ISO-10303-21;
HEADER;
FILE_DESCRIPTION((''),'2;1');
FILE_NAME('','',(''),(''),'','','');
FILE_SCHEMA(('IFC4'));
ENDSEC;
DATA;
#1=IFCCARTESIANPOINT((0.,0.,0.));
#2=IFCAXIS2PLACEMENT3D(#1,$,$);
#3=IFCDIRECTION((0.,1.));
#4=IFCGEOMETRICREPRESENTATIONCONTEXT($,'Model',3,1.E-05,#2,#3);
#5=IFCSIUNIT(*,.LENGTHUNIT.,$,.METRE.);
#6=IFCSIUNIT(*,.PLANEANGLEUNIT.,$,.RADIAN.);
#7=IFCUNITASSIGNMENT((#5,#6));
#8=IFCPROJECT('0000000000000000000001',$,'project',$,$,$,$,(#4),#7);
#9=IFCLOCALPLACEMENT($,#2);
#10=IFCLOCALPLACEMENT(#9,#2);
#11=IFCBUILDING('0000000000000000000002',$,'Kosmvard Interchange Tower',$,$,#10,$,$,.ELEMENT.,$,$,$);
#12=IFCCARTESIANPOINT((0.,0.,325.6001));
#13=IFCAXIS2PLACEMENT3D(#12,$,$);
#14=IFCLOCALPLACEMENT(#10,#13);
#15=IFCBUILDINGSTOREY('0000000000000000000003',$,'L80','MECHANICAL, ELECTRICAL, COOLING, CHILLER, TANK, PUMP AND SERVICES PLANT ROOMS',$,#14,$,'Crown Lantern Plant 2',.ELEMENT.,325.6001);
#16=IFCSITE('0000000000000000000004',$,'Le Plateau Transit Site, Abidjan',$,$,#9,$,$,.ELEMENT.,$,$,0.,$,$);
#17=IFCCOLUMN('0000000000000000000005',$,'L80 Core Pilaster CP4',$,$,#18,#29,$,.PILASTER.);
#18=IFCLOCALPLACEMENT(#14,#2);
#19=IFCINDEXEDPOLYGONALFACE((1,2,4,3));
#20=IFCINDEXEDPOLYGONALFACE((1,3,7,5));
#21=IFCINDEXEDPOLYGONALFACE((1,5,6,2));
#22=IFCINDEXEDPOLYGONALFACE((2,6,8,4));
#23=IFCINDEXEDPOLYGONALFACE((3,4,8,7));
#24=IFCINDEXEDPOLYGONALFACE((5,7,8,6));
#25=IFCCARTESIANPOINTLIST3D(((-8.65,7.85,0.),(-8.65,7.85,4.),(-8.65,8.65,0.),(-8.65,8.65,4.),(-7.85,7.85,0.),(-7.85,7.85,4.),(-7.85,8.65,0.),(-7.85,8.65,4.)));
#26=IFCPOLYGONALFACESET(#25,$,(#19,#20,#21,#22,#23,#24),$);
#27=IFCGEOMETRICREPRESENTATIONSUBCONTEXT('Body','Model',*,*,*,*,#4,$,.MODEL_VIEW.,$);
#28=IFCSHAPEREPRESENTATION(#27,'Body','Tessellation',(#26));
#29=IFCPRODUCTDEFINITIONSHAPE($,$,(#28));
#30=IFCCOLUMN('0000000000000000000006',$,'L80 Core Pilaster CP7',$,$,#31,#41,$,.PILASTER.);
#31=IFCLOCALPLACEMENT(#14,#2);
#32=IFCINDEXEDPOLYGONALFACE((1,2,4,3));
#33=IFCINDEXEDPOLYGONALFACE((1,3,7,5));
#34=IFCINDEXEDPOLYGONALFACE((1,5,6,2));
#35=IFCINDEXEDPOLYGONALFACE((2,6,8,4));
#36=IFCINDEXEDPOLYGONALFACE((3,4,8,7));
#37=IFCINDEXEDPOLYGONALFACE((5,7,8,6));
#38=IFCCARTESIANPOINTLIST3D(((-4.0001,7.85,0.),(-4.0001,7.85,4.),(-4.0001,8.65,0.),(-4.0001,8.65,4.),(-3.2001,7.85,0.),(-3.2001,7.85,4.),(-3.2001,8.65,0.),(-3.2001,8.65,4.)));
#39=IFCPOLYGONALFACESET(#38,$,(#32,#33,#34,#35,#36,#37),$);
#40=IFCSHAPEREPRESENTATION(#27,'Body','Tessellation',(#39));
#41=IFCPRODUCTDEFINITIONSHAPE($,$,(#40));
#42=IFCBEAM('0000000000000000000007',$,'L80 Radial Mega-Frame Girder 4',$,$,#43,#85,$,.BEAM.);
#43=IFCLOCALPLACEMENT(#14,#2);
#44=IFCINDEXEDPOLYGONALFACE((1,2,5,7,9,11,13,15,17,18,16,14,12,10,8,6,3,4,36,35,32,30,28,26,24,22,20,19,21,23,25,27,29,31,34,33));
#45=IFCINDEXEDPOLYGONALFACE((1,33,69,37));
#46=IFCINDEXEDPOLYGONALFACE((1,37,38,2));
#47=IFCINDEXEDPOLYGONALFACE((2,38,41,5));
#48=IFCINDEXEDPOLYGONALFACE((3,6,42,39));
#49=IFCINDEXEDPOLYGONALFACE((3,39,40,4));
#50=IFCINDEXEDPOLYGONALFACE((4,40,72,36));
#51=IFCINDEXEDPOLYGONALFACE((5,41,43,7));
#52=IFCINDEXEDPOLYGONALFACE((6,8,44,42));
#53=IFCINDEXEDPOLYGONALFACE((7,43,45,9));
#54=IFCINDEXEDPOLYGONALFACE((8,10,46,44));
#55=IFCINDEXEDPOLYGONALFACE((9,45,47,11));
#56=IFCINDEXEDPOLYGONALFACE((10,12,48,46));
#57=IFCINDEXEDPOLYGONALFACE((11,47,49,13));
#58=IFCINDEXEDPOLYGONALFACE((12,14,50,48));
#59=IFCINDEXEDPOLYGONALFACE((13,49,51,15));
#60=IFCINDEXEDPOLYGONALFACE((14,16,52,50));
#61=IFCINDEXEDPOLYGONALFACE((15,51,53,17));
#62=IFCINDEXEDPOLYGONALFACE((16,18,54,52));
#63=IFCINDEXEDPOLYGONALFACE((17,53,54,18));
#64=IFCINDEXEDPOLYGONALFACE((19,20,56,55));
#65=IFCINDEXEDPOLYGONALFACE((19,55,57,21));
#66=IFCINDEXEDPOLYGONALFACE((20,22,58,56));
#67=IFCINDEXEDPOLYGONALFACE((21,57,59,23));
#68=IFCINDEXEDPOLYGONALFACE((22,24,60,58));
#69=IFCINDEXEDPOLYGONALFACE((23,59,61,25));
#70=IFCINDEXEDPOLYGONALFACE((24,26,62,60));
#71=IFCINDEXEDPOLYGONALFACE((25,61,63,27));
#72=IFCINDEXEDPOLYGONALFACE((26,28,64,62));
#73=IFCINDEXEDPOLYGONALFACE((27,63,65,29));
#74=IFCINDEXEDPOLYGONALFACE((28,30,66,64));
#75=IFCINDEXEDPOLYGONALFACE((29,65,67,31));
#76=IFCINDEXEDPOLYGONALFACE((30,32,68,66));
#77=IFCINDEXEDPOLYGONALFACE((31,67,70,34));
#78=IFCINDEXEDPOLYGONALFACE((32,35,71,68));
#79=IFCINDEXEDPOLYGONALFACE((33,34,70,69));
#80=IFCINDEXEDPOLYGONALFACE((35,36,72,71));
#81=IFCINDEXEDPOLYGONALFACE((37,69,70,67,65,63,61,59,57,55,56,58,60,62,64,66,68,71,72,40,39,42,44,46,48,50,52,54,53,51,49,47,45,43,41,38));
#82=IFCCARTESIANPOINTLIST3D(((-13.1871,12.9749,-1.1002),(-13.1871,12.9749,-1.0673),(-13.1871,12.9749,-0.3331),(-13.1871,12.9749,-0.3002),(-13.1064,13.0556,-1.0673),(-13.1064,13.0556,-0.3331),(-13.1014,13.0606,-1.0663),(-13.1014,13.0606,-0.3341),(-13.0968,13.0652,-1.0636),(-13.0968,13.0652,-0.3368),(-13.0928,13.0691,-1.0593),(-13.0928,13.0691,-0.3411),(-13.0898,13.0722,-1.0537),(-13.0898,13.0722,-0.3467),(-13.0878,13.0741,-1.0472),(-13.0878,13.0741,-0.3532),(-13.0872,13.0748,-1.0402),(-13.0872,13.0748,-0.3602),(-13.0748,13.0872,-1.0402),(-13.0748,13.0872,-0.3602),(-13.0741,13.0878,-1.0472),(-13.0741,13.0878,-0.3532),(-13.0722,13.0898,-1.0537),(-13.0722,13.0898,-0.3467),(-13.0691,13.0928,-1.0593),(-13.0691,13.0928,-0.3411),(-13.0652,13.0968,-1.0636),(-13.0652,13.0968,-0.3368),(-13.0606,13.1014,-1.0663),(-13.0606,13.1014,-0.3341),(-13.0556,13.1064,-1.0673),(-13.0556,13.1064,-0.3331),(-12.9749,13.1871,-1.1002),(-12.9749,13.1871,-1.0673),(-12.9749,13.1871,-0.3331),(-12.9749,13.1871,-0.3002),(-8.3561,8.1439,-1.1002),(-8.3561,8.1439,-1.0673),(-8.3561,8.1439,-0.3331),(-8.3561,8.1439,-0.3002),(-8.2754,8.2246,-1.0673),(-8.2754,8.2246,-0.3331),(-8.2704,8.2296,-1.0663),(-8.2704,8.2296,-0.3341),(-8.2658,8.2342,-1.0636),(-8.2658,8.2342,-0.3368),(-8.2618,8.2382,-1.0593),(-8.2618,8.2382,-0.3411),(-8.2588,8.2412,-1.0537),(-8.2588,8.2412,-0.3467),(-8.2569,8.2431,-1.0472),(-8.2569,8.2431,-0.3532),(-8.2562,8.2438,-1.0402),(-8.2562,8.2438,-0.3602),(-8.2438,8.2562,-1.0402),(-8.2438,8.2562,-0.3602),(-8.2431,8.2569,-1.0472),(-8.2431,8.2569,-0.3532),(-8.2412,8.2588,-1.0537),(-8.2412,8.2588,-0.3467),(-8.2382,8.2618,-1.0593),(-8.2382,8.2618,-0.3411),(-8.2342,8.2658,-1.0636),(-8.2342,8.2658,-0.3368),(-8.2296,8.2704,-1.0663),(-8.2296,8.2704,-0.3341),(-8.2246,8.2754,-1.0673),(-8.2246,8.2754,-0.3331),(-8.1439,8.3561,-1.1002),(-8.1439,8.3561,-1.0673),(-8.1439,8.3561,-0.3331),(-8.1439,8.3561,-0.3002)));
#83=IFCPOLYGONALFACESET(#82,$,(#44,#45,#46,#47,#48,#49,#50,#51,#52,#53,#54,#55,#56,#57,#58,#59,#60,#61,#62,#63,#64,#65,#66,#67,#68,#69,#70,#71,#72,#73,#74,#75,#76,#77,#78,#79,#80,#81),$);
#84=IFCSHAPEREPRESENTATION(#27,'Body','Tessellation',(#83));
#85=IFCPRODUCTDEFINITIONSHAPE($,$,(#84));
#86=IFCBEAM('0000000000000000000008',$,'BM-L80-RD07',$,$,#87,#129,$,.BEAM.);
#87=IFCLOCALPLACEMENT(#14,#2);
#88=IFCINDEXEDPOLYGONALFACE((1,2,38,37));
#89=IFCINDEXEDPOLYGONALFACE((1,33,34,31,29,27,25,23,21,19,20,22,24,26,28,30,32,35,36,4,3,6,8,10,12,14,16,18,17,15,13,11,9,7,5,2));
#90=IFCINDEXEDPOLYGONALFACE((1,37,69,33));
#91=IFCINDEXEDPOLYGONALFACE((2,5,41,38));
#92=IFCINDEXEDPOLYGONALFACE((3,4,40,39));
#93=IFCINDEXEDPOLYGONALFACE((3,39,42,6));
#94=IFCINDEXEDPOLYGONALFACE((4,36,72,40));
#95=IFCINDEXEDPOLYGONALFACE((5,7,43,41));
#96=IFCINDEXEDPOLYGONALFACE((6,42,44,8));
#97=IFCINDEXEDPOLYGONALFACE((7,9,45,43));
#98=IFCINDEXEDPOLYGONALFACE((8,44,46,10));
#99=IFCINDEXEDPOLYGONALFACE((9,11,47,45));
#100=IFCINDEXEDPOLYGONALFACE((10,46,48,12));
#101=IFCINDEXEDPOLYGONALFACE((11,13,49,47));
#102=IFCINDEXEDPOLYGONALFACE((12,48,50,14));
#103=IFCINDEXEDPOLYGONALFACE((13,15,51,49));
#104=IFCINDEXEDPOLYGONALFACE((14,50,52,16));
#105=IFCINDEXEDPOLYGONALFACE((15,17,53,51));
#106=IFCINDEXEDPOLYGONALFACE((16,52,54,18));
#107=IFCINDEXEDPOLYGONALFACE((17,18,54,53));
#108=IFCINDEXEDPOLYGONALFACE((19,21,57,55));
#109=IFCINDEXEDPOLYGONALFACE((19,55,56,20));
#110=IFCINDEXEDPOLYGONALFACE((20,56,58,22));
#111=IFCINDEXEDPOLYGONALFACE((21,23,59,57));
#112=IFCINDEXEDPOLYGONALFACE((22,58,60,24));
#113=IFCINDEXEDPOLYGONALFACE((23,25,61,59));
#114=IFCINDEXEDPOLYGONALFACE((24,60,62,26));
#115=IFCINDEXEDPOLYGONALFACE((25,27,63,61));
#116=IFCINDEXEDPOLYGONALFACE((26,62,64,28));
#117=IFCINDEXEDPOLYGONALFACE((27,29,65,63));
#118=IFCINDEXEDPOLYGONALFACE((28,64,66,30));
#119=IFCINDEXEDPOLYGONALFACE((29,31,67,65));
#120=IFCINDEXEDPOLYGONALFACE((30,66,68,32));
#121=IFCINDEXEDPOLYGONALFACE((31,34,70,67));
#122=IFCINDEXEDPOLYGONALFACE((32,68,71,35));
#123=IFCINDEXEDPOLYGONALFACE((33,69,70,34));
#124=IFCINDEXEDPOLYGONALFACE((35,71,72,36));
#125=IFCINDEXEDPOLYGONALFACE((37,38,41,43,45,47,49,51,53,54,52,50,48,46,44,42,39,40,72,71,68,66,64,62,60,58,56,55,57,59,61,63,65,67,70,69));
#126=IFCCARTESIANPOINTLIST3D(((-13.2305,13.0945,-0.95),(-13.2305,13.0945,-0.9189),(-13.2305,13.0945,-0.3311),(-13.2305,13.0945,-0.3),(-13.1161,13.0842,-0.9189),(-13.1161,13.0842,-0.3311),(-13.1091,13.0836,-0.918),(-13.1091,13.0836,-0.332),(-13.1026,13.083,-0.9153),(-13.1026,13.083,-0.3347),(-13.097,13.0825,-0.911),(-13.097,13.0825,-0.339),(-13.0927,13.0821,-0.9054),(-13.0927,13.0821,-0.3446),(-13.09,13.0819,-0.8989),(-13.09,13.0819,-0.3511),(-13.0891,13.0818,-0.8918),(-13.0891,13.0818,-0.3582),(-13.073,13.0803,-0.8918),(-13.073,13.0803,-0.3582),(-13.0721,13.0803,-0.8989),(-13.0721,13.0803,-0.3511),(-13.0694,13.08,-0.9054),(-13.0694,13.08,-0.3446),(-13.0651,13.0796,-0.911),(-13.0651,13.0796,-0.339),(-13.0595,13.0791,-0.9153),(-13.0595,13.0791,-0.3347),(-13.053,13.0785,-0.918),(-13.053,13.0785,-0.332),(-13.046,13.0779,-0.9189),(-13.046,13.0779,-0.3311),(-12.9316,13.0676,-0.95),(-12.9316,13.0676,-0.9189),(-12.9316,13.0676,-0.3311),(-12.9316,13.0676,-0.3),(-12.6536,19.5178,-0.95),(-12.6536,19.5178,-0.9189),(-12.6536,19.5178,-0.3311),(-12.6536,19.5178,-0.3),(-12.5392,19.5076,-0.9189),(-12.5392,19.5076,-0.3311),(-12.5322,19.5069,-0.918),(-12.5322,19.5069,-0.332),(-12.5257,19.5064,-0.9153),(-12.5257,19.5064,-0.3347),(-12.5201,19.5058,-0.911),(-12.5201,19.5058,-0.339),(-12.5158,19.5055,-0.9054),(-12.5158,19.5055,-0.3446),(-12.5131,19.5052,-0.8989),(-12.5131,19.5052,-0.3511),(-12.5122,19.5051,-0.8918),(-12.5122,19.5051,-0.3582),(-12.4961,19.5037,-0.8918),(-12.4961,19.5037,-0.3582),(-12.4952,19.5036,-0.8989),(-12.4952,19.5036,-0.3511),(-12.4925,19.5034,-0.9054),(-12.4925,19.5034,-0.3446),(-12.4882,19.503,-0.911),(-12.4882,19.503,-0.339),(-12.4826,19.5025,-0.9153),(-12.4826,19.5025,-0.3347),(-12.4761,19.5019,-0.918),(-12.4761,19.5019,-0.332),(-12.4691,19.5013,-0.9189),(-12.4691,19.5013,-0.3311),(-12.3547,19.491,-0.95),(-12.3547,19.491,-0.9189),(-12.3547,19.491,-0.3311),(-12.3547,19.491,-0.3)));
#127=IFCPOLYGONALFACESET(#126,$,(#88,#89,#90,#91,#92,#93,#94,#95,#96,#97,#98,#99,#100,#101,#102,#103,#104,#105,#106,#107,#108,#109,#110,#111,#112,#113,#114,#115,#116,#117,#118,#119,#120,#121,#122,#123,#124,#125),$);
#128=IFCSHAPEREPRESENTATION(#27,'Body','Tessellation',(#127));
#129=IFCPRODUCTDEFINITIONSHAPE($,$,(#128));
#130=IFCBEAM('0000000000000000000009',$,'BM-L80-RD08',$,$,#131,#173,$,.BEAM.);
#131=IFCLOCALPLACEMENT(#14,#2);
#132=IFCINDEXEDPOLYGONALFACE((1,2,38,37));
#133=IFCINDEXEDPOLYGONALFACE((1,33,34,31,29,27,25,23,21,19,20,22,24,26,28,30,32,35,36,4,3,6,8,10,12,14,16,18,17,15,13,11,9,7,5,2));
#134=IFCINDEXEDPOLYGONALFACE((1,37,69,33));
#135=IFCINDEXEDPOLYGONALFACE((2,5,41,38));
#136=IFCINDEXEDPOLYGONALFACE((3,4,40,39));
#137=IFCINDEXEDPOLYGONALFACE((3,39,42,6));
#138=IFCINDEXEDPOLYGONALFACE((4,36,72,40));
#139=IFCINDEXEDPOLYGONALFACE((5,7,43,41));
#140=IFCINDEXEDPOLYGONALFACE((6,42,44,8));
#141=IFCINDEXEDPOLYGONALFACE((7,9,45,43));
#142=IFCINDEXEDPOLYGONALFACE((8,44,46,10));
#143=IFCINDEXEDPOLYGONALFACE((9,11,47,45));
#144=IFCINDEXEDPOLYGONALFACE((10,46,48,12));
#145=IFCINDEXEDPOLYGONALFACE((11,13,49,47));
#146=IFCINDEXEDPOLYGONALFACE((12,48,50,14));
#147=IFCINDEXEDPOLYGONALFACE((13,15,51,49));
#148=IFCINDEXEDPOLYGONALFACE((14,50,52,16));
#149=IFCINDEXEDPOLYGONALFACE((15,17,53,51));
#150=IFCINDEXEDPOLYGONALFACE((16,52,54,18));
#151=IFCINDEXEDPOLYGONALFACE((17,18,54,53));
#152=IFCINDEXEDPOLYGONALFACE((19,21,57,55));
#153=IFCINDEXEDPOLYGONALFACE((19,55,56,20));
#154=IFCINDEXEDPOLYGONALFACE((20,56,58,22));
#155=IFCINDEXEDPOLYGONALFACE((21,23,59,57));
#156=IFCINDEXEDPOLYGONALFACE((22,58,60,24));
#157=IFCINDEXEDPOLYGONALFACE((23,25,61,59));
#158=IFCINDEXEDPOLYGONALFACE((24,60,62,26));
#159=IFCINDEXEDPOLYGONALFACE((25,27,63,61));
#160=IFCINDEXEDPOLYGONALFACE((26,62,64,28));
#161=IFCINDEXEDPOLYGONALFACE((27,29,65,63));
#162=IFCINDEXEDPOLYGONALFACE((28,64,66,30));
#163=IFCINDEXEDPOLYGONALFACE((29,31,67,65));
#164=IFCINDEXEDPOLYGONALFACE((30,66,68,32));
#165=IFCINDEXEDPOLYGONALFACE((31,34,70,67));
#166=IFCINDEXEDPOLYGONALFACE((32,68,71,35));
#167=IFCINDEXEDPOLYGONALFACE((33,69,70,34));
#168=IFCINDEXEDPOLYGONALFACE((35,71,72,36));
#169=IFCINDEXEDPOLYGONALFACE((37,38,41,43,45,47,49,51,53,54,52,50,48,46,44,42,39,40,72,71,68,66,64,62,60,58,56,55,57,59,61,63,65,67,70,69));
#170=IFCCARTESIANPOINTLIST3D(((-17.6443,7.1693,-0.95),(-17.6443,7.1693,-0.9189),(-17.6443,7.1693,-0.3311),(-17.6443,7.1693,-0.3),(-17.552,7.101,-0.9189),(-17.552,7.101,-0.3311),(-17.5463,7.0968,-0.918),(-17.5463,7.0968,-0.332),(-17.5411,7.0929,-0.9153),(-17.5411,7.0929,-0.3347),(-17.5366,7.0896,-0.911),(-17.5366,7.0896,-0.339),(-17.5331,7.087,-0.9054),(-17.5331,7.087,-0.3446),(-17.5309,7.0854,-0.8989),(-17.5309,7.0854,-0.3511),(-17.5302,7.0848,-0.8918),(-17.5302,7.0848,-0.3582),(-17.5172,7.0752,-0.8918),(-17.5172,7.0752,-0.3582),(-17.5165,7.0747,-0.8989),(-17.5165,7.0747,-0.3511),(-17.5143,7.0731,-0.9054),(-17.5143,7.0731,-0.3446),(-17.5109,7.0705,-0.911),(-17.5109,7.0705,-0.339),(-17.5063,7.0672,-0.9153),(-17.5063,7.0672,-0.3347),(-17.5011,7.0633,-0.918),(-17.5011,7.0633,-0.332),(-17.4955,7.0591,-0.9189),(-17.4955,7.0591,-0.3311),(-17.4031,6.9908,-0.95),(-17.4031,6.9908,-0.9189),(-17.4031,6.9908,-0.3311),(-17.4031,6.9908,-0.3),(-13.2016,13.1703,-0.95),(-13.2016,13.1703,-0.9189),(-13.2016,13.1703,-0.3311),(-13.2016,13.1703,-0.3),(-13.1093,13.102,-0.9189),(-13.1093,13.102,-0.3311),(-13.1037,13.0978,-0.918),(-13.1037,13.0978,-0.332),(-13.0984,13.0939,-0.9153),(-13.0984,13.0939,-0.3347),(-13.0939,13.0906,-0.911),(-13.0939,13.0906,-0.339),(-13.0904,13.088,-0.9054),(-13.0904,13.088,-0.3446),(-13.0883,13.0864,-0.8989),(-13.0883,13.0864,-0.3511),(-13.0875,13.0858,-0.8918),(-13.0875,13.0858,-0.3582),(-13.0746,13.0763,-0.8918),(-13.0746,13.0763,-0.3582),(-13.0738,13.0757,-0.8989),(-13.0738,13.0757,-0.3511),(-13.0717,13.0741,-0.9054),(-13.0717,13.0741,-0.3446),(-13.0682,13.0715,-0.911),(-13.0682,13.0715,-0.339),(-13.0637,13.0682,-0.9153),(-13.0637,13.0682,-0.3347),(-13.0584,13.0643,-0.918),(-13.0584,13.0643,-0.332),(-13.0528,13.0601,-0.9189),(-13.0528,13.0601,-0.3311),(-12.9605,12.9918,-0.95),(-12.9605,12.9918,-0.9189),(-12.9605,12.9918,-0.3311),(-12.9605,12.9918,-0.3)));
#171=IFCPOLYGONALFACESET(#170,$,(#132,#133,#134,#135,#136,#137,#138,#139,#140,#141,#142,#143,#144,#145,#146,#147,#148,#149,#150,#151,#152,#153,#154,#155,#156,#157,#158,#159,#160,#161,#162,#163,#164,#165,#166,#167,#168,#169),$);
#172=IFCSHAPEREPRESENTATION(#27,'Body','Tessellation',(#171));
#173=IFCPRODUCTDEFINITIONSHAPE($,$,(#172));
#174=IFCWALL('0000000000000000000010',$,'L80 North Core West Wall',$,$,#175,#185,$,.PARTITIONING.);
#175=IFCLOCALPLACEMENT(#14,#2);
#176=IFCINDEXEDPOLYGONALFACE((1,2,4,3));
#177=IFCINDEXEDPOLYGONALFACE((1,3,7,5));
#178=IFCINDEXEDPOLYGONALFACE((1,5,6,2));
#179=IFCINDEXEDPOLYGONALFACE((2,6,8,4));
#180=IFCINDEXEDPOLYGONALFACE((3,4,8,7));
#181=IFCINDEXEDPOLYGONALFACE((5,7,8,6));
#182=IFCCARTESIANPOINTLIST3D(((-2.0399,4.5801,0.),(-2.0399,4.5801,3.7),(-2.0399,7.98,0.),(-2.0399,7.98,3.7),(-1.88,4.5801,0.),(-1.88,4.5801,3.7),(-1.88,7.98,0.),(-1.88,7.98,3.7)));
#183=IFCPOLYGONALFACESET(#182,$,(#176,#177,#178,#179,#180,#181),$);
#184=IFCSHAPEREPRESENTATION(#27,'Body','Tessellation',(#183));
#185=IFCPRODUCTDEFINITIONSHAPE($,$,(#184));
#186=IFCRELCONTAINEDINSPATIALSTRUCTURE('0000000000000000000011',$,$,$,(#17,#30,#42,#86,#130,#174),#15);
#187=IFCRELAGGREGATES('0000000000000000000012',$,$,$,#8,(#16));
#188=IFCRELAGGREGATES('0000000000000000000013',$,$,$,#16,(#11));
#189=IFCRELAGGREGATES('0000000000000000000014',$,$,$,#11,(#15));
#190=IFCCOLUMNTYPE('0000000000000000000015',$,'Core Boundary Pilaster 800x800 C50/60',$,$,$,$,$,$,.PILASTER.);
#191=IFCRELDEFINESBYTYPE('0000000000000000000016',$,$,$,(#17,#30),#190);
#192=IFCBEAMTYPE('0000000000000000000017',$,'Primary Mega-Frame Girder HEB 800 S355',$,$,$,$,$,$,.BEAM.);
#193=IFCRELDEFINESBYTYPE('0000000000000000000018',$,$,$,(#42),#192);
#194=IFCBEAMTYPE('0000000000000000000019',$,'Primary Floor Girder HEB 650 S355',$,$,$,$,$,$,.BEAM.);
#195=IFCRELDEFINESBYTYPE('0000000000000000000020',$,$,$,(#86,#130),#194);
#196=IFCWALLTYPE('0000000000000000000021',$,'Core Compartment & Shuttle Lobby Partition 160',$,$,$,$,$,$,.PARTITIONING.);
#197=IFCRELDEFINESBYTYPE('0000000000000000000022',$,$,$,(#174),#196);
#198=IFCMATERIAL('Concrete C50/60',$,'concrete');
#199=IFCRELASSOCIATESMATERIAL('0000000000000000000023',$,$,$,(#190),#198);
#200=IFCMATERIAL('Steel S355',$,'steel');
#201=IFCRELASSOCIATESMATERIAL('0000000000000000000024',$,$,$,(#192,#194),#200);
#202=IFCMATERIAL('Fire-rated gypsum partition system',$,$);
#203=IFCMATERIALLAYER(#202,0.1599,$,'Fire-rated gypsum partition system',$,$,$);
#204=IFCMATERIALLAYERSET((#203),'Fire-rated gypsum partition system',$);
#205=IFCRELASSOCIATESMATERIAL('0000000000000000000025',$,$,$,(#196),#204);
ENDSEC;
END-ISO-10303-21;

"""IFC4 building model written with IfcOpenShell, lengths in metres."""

from ifc_helpers import new_model, si_unit, direction, frame, frame_2d, origin, origin_2d, place, context, subcontext, project, spatial, rectangle, i_section, extrude, source, transform, mapped, material, layer, layer_set, material_profile, profile_set, type_object, element, save


model = new_model("IFC4")

# Units and contexts
model_context = context("Model", 3, precision=1e-05, world=origin(), true_north=direction((0.0, 1.0)))
body_context = subcontext(model_context, "Body", "Model", "MODEL_VIEW")
ifc_project = project(units=[si_unit("LENGTHUNIT", "METRE"), si_unit("PLANEANGLEUNIT", "RADIAN")], contexts=[model_context])

# Site, building, storey
site_placement = place(None, origin())
site = spatial("IfcSite", under=ifc_project, at=site_placement, Name="Le Plateau Transit Site, Abidjan", CompositionType="ELEMENT", RefElevation=0.0)
building_placement = place(site_placement, origin())
building = spatial("IfcBuilding", under=site, at=building_placement, Name="Kosmvard Interchange Tower", CompositionType="ELEMENT")
storey_placement = place(building_placement, frame((0.0, 0.0, 325.6001)))
storey = spatial("IfcBuildingStorey", under=building, at=storey_placement, Name="L80", Description="MECHANICAL, ELECTRICAL, COOLING, CHILLER, TANK, PUMP AND SERVICES PLANT ROOMS", LongName="Crown Lantern Plant 2", CompositionType="ELEMENT", Elevation=325.6001)

# Columns
ifc_material_1 = material(Name="Concrete C50/60", Category="concrete")
ifc_material_profile_1 = material_profile(ifc_material_1, rectangle(XDim=0.8, YDim=0.8, at=origin_2d()), Name="CP 800x800")
ifc_profile_set_1 = profile_set([ifc_material_profile_1], Name="Concrete C50/60")
column_type = type_object("IfcColumnType", Name="Core Boundary Pilaster 800x800 C50/60", PredefinedType="PILASTER", material=ifc_profile_set_1)
shared_shape_1 = source(origin(), body_context, "Body", "SweptSolid", [
    extrude(rectangle(XDim=0.8, YDim=0.8, at=origin_2d()), origin(), (0.0, 0.0, 1.0), 4.0),
])
for number, where, z_axis, x_axis, name in (
    (1, (-8.25, 8.25, 0.0), (0.0, 0.0, 1.0), (1.0, 0.0, 0.0), "L80 Core Pilaster CP4"),
    (2, (-3.6001, 8.25, 0.0), (0.0, 0.0, 1.0), (1.0, 0.0, 0.0), "L80 Core Pilaster CP7"),
):
    element("IfcColumn", number, at=place(storey_placement, frame(where, z_axis=z_axis, x_axis=x_axis)), inside=storey, type_object=column_type, Name=name, PredefinedType="PILASTER", context=body_context, shape_type="MappedRepresentation", body=[
        mapped(shared_shape_1, transform((0.0, 0.0, 0.0), scale=1.0)),
    ])

# Beams
ifc_material_2 = material(Name="Steel S355", Category="steel")
ifc_material_profile_2 = material_profile(ifc_material_2, i_section(OverallWidth=0.3, OverallDepth=0.8, WebThickness=0.0176, FlangeThickness=0.033, FilletRadius=0.0271, at=origin_2d()), Name="HEB 800")
ifc_profile_set_2 = profile_set([ifc_material_profile_2], Name="Steel S355")
beam_type_1 = type_object("IfcBeamType", Name="Primary Mega-Frame Girder HEB 800 S355", PredefinedType="BEAM", material=ifc_profile_set_2)
shared_shape_2 = source(origin(), body_context, "Body", "SweptSolid", [
    extrude(i_section(OverallWidth=0.3, OverallDepth=0.8, WebThickness=0.0176, FlangeThickness=0.033, FilletRadius=0.0271, at=origin_2d()), origin(), (0.0, 0.0, 1.0), 6.832),
])
beam_1_placement = place(storey_placement, frame((-8.25, 8.25, -0.7002), z_axis=(-0.707107, 0.707107, 0.0), x_axis=(-0.707107, -0.707107, 0.0)))
element("IfcBeam", 3, at=beam_1_placement, inside=storey, type_object=beam_type_1, Name="L80 Radial Mega-Frame Girder 4", PredefinedType="BEAM", context=body_context, shape_type="MappedRepresentation", body=[
    mapped(shared_shape_2, transform((0.0, 0.0, 0.0), scale=1.0)),
])
ifc_material_profile_3 = material_profile(ifc_material_2, i_section(OverallWidth=0.3, OverallDepth=0.6499, WebThickness=0.0161, FlangeThickness=0.031, FilletRadius=0.0271, at=origin_2d()), Name="HEB 650")
ifc_profile_set_3 = profile_set([ifc_material_profile_3], Name="Steel S355")
beam_type_2 = type_object("IfcBeamType", Name="Primary Floor Girder HEB 650 S355", PredefinedType="BEAM", material=ifc_profile_set_3)
shared_shape_3 = source(origin(), body_context, "Body", "SweptSolid", [
    extrude(i_section(OverallWidth=0.3, OverallDepth=0.6499, WebThickness=0.0161, FlangeThickness=0.031, FilletRadius=0.0271, at=origin_2d()), origin(), (0.0, 0.0, 1.0), 6.4492),
])
beam_2_placement = place(storey_placement, frame((-13.0811, 13.0811, -0.625), z_axis=(0.089454, 0.995991, 0.0), x_axis=(-0.995991, 0.089454, 0.0)))
element("IfcBeam", 4, at=beam_2_placement, inside=storey, type_object=beam_type_2, Name="BM-L80-RD07", PredefinedType="BEAM", context=body_context, shape_type="MappedRepresentation", body=[
    mapped(shared_shape_3, transform((0.0, 0.0, 0.0), scale=1.0)),
])
shared_shape_4 = source(origin(), body_context, "Body", "SweptSolid", [
    extrude(i_section(OverallWidth=0.3, OverallDepth=0.6499, WebThickness=0.0161, FlangeThickness=0.031, FilletRadius=0.0271, at=origin_2d()), origin(), (0.0, 0.0, 1.0), 7.4666),
])
beam_3_placement = place(storey_placement, frame((-13.0811, 13.0811, -0.625), z_axis=(-0.595008, -0.80372, 0.0), x_axis=(0.80372, -0.595008, 0.0)))
element("IfcBeam", 5, at=beam_3_placement, inside=storey, type_object=beam_type_2, Name="BM-L80-RD08", PredefinedType="BEAM", context=body_context, shape_type="MappedRepresentation", body=[
    mapped(shared_shape_4, transform((0.0, 0.0, 0.0), scale=1.0)),
])

# Wall
ifc_material_3 = material(Name="Fire-rated gypsum partition system")
ifc_layer_1 = layer(ifc_material_3, 0.1599, Name="Fire-rated gypsum partition system")
ifc_layer_set_1 = layer_set([ifc_layer_1], Name="Fire-rated gypsum partition system")
wall_type_1 = type_object("IfcWallType", Name="Core Compartment & Shuttle Lobby Partition 160", PredefinedType="PARTITIONING", material=ifc_layer_set_1)
wall_1_placement = place(storey_placement, frame((-1.96, 4.5801, 0.0), z_axis=(0.0, 0.0, 1.0), x_axis=(0.0, 1.0, 0.0)))
element("IfcWall", 6, at=wall_1_placement, inside=storey, type_object=wall_type_1, Name="L80 North Core West Wall", PredefinedType="PARTITIONING", context=body_context, shape_type="SweptSolid", body=[
    extrude(rectangle(XDim=3.3999, YDim=0.1599, at=frame_2d((1.7, 0.0))), origin(), (0.0, 0.0, 1.0), 3.7),
])

save(model, "model.ifc")
